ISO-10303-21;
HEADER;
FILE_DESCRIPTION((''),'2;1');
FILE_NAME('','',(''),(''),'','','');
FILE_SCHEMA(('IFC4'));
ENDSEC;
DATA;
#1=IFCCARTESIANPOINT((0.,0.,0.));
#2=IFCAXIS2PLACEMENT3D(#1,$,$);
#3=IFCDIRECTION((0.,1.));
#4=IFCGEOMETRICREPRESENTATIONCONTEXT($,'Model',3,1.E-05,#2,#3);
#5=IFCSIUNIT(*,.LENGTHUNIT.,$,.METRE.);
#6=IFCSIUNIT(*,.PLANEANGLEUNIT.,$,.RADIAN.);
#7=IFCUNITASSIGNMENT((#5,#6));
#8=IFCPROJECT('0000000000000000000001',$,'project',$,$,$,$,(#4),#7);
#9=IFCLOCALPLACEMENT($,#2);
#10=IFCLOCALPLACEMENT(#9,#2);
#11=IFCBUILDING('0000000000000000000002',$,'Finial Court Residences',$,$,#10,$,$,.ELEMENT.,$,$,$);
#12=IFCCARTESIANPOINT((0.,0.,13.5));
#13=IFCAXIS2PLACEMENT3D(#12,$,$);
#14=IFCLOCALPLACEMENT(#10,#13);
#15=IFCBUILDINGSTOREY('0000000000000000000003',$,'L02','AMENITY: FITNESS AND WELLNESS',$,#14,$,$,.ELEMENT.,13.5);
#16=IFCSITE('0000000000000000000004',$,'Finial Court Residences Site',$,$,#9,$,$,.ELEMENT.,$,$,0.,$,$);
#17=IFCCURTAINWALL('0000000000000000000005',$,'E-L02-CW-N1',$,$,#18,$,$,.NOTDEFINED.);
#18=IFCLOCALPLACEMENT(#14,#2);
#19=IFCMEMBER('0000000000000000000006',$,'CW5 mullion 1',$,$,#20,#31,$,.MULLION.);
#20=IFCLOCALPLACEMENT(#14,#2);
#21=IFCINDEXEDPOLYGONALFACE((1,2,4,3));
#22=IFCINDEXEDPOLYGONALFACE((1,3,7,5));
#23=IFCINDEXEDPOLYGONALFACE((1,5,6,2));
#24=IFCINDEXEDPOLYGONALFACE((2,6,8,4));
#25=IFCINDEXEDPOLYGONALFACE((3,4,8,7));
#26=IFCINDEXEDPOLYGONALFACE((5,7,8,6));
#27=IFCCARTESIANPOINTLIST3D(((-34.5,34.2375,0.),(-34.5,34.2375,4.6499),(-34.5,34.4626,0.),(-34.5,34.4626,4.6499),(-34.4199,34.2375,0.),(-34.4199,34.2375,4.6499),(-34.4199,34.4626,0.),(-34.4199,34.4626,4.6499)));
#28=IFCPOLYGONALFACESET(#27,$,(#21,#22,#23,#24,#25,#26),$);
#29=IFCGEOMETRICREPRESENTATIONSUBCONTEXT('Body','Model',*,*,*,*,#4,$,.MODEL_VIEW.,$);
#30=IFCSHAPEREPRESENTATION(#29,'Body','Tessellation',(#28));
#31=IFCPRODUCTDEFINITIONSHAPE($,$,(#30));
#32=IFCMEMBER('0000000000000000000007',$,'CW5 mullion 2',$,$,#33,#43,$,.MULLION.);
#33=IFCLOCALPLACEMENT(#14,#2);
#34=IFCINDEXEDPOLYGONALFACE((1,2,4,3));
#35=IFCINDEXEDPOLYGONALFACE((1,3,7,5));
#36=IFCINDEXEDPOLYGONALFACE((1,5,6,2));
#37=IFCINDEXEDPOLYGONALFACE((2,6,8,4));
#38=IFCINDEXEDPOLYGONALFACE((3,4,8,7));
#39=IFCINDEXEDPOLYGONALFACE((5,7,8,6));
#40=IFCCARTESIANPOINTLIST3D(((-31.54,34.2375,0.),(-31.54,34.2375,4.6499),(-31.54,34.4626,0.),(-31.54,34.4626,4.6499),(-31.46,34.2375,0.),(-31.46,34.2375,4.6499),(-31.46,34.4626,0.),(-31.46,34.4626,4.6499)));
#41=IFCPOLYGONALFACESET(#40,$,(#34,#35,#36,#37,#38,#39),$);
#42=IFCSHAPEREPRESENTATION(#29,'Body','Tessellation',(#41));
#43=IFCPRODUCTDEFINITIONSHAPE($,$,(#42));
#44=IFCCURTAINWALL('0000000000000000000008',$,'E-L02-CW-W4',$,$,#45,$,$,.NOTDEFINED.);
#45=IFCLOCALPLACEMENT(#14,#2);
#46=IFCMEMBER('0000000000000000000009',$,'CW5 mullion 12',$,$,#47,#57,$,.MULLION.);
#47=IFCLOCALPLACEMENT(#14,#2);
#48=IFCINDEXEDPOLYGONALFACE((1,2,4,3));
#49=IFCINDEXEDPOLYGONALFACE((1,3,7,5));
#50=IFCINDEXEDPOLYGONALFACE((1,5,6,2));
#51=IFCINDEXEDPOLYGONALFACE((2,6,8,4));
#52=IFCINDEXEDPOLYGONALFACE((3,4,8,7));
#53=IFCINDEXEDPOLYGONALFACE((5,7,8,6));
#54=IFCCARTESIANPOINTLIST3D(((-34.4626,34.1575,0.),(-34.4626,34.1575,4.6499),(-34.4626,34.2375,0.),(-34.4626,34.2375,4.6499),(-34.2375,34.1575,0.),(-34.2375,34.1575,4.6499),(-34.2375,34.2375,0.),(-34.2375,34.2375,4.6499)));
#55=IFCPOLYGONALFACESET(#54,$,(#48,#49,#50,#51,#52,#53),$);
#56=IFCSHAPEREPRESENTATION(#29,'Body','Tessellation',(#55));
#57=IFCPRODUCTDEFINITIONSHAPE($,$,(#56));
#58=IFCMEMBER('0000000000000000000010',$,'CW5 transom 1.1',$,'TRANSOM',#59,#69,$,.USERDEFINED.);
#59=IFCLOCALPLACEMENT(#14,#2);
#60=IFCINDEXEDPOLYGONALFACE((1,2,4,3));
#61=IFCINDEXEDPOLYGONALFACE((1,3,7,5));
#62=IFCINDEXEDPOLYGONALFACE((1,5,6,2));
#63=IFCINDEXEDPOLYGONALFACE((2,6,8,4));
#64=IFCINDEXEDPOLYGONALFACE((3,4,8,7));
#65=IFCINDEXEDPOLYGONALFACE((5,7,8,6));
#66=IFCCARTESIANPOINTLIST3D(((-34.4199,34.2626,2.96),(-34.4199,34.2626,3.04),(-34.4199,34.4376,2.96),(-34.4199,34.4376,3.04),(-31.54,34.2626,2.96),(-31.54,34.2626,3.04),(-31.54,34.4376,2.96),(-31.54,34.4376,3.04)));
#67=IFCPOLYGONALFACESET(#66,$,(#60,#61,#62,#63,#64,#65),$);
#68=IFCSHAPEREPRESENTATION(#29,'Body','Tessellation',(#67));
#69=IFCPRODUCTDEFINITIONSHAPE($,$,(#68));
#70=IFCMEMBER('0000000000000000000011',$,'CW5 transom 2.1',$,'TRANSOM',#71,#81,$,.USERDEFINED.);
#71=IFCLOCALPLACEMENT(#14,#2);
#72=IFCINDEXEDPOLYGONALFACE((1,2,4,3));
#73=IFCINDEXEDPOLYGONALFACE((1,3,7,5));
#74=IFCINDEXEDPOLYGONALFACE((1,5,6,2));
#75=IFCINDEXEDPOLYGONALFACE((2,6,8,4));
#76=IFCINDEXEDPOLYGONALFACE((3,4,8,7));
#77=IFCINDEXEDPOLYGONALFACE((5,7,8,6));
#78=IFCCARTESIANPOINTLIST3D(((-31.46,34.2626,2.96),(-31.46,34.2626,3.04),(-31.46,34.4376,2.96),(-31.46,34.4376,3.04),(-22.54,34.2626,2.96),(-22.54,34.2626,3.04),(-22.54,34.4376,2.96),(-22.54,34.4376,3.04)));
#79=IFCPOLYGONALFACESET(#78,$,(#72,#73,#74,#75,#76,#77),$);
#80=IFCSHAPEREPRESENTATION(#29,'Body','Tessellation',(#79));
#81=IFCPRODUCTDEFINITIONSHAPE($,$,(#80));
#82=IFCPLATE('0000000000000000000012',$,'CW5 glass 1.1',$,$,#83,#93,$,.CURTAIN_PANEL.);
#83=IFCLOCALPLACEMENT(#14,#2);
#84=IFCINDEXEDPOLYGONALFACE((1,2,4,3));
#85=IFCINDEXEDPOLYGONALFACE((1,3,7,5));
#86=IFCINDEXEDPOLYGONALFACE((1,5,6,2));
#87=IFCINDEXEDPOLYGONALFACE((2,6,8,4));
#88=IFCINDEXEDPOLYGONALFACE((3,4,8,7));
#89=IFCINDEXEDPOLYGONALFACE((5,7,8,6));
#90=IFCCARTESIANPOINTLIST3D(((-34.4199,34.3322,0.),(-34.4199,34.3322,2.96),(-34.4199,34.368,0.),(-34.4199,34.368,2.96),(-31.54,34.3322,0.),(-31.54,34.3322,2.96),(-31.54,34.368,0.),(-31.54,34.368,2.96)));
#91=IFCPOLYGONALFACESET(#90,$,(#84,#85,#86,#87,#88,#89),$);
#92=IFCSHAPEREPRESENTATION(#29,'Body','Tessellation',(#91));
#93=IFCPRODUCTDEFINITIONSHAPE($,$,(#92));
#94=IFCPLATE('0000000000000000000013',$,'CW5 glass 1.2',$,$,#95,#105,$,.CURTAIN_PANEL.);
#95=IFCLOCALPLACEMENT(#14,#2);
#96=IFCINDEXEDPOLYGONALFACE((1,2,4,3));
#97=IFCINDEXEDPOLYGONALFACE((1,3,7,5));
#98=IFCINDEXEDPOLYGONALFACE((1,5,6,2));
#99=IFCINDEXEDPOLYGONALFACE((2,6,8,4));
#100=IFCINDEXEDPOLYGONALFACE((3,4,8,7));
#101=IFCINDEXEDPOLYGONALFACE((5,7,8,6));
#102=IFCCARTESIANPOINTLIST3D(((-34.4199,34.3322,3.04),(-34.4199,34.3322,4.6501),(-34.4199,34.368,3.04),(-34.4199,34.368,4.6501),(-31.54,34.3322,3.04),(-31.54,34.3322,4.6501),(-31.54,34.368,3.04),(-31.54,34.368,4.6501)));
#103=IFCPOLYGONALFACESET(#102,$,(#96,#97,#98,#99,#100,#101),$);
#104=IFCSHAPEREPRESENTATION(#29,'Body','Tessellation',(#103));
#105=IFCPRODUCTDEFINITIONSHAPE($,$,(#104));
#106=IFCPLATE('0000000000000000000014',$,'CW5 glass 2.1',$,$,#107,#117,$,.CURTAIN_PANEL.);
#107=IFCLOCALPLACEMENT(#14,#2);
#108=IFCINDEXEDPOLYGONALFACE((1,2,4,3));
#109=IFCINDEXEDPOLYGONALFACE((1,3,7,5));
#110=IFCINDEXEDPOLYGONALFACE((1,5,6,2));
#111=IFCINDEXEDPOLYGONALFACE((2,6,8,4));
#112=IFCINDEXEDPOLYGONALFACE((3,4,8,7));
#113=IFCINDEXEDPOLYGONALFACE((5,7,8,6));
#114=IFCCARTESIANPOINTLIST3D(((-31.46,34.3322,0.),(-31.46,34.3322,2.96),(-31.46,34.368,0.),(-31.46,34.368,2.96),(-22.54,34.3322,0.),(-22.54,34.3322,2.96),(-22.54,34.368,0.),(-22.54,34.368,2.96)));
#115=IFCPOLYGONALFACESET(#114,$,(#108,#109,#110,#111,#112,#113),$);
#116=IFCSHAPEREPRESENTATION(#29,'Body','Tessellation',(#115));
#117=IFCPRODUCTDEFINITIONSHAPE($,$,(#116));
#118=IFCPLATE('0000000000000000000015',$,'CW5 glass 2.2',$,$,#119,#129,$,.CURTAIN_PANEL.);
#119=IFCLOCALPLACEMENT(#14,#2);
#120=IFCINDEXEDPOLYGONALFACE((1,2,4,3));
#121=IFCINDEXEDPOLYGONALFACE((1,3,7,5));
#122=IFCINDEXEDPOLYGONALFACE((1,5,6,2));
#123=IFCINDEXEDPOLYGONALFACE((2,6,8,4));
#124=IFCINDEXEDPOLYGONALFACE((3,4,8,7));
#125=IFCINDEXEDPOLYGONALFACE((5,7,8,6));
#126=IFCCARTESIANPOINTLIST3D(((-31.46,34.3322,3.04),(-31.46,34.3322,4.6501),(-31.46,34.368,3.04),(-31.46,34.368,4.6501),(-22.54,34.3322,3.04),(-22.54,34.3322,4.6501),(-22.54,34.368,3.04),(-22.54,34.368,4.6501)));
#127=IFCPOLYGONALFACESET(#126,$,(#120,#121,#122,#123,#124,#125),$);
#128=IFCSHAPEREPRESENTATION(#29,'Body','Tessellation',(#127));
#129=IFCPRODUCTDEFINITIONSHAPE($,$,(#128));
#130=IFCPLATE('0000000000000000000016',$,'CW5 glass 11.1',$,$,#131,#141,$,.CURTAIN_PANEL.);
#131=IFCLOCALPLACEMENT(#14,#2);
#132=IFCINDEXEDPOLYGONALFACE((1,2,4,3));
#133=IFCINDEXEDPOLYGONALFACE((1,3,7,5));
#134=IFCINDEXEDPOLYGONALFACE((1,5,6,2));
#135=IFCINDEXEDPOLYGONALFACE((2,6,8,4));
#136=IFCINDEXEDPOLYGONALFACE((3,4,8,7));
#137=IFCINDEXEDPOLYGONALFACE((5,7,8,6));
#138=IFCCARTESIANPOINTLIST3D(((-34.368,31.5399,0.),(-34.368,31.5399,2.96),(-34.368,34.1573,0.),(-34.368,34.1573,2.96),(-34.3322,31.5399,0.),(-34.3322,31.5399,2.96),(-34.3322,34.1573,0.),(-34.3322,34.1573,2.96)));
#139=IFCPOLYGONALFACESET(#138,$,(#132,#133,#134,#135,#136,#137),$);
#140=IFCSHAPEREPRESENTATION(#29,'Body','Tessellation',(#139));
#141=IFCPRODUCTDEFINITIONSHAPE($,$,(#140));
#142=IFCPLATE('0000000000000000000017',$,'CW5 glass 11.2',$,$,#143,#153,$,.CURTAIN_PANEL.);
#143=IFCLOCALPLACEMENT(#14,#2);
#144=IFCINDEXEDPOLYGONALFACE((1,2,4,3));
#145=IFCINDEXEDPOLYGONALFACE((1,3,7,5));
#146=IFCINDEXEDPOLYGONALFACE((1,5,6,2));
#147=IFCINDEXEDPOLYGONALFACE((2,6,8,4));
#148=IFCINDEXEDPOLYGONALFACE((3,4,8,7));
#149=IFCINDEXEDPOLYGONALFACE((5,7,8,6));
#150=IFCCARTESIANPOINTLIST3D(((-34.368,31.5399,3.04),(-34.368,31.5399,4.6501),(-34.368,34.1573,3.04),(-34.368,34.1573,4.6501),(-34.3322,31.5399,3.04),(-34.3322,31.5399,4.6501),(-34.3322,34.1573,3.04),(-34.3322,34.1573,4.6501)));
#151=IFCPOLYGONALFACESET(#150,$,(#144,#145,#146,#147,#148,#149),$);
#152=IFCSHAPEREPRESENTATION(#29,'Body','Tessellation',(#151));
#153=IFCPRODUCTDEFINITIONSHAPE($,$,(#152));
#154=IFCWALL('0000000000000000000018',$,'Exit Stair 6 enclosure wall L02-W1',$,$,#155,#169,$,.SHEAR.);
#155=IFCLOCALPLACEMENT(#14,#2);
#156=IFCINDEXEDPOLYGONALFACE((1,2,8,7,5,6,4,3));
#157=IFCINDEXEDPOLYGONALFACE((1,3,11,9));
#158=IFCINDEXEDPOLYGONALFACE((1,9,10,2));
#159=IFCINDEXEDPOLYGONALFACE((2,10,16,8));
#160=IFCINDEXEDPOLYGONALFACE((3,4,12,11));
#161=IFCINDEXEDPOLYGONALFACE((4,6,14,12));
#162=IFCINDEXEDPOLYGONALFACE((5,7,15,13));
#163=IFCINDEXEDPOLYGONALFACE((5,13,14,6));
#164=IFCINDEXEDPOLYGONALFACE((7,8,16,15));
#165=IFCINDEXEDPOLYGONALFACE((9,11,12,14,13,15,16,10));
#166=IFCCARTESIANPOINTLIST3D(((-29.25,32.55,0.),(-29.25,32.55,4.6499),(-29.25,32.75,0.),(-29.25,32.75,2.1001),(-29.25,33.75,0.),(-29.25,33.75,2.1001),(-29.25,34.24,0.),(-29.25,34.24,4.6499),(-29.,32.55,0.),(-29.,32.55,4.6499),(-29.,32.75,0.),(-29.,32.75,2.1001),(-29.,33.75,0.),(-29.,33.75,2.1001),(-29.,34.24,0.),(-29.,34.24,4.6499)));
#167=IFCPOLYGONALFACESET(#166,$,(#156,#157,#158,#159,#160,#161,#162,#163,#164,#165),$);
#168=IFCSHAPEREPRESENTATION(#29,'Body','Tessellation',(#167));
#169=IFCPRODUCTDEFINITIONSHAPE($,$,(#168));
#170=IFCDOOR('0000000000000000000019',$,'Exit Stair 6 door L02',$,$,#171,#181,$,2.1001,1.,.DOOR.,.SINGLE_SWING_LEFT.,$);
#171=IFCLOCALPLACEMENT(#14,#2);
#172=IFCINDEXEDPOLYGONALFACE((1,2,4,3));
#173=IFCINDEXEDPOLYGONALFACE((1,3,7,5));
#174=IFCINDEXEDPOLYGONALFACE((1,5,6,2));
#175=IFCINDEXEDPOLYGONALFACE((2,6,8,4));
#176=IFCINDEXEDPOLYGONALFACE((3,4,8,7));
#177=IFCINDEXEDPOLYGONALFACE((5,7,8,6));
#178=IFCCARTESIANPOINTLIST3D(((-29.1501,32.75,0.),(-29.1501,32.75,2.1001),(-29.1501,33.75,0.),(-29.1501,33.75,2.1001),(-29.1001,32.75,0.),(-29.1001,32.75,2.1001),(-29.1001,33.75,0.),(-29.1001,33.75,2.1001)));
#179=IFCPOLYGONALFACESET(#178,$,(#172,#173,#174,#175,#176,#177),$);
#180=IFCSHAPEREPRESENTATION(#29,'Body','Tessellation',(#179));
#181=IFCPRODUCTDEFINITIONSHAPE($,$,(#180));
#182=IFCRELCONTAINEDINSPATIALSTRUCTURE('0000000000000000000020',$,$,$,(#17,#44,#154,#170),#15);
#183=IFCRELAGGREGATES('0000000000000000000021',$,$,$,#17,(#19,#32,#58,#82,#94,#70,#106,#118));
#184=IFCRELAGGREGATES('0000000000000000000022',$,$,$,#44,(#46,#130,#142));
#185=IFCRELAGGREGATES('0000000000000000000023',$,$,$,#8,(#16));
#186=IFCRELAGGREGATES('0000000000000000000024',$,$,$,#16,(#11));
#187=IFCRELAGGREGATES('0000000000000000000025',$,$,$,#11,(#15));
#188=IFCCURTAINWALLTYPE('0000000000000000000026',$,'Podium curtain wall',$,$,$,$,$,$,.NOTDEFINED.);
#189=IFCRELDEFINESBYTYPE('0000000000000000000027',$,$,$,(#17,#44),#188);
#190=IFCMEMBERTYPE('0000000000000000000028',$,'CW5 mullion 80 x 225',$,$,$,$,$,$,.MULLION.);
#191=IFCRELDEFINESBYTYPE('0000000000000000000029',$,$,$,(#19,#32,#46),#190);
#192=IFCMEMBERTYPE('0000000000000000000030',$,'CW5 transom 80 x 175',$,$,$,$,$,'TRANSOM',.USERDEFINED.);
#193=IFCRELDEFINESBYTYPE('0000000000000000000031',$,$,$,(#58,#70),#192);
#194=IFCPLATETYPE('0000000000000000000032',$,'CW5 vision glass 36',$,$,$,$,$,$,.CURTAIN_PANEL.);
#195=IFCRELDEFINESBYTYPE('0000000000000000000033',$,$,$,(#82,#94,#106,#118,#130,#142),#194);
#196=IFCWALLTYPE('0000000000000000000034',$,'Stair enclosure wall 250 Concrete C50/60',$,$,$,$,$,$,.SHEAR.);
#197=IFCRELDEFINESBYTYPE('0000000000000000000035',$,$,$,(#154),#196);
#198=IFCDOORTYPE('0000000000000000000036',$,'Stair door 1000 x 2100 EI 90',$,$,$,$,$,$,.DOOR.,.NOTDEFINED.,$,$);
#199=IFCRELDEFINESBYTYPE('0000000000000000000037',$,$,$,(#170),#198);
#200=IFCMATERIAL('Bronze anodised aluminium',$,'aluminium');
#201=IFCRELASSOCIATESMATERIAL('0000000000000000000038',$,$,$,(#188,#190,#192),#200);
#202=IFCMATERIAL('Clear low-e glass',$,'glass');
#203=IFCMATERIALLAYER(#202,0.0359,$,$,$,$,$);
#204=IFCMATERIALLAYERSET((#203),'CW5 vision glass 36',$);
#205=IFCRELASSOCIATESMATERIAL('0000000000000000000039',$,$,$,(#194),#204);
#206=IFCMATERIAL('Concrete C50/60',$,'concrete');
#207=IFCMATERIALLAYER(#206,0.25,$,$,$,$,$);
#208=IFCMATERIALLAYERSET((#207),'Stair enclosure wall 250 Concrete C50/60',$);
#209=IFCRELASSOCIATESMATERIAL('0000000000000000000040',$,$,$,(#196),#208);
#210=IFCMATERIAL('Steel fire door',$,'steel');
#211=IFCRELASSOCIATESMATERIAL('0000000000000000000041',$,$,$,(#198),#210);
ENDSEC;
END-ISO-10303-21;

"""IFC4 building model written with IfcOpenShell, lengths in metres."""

from ifc_helpers import new_model, si_unit, direction, frame, frame_2d, origin, origin_2d, place, context, subcontext, project, spatial, rectangle, extrude, material, layer, layer_set, material_profile, profile_set, type_object, element, fill, aggregate, save


model = new_model("IFC4")

# Units and contexts
model_context = context("Model", 3, precision=1e-05, world=origin(), true_north=direction((0.0, 1.0)))
body_context = subcontext(model_context, "Body", "Model", "MODEL_VIEW")
ifc_project = project(units=[si_unit("LENGTHUNIT", "METRE"), si_unit("PLANEANGLEUNIT", "RADIAN")], contexts=[model_context])

# Site, building, storey
site_placement = place(None, origin())
site = spatial("IfcSite", under=ifc_project, at=site_placement, Name="Finial Court Residences Site", CompositionType="ELEMENT", RefElevation=0.0)
building_placement = place(site_placement, origin())
building = spatial("IfcBuilding", under=site, at=building_placement, Name="Finial Court Residences", CompositionType="ELEMENT")
storey_placement = place(building_placement, frame((0.0, 0.0, 13.5)))
storey = spatial("IfcBuildingStorey", under=building, at=storey_placement, Name="L02", Description="AMENITY: FITNESS AND WELLNESS", CompositionType="ELEMENT", Elevation=13.5)

# Curtain wall, members
ifc_material_1 = material(Name="Bronze anodised aluminium", Category="aluminium")
curtain_wall_type = type_object("IfcCurtainWallType", Name="Podium curtain wall", PredefinedType="NOTDEFINED", material=ifc_material_1)
curtain_wall_1_placement = place(storey_placement, origin())
curtain_wall_1 = element("IfcCurtainWall", 1, at=curtain_wall_1_placement, inside=storey, type_object=curtain_wall_type, Name="E-L02-CW-N1", PredefinedType="NOTDEFINED")
ifc_material_profile_1 = material_profile(ifc_material_1, rectangle(XDim=0.2251, YDim=0.0801, at=origin_2d()), Name="CW5 mullion 80 x 225")
ifc_profile_set_1 = profile_set([ifc_material_profile_1], Name="Bronze anodised aluminium")
member_type_1 = type_object("IfcMemberType", Name="CW5 mullion 80 x 225", PredefinedType="MULLION", material=ifc_profile_set_1)
member_1_placement = place(storey_placement, frame((-34.46, 34.3501, 0.0), z_axis=(0.0, 0.0, 1.0), x_axis=(0.0, 1.0, 0.0)))
member_1 = element("IfcMember", 2, at=member_1_placement, type_object=member_type_1, Name="CW5 mullion 1", PredefinedType="MULLION", context=body_context, shape_type="SweptSolid", body=[
    extrude(rectangle(XDim=0.2251, YDim=0.0801, at=origin_2d()), origin(), (0.0, 0.0, 1.0), 4.6499),
])
member_2_placement = place(storey_placement, frame((-31.5, 34.3501, 0.0), z_axis=(0.0, 0.0, 1.0), x_axis=(0.0, 1.0, 0.0)))
member_2 = element("IfcMember", 3, at=member_2_placement, type_object=member_type_1, Name="CW5 mullion 2", PredefinedType="MULLION", context=body_context, shape_type="SweptSolid", body=[
    extrude(rectangle(XDim=0.2251, YDim=0.0801, at=origin_2d()), origin(), (0.0, 0.0, 1.0), 4.6499),
])

# Curtain wall, member
curtain_wall_2_placement = place(storey_placement, origin())
curtain_wall_2 = element("IfcCurtainWall", 4, at=curtain_wall_2_placement, inside=storey, type_object=curtain_wall_type, Name="E-L02-CW-W4", PredefinedType="NOTDEFINED")
member_3_placement = place(storey_placement, frame((-34.3501, 34.1975, 0.0), z_axis=(0.0, 0.0, 1.0), x_axis=(-1.0, 0.0, 0.0)))
member_3 = element("IfcMember", 5, at=member_3_placement, type_object=member_type_1, Name="CW5 mullion 12", PredefinedType="MULLION", context=body_context, shape_type="SweptSolid", body=[
    extrude(rectangle(XDim=0.2251, YDim=0.0801, at=origin_2d()), origin(), (0.0, 0.0, 1.0), 4.6499),
])

# Members
ifc_material_profile_2 = material_profile(ifc_material_1, rectangle(XDim=0.175, YDim=0.0801, at=origin_2d()), Name="CW5 transom 80 x 175")
ifc_profile_set_2 = profile_set([ifc_material_profile_2], Name="Bronze anodised aluminium")
member_type_2 = type_object("IfcMemberType", Name="CW5 transom 80 x 175", ElementType="TRANSOM", PredefinedType="USERDEFINED", material=ifc_profile_set_2)
member_4_placement = place(storey_placement, frame((-34.4199, 34.3501, 3.0), z_axis=(1.0, 0.0, 0.0), x_axis=(0.0, 1.0, 0.0)))
member_4 = element("IfcMember", 6, at=member_4_placement, type_object=member_type_2, Name="CW5 transom 1.1", ObjectType="TRANSOM", PredefinedType="USERDEFINED", context=body_context, shape_type="SweptSolid", body=[
    extrude(rectangle(XDim=0.175, YDim=0.0801, at=origin_2d()), origin(), (0.0, 0.0, 1.0), 2.8799),
])
member_5_placement = place(storey_placement, frame((-31.46, 34.3501, 3.0), z_axis=(1.0, 0.0, 0.0), x_axis=(0.0, 1.0, 0.0)))
member_5 = element("IfcMember", 7, at=member_5_placement, type_object=member_type_2, Name="CW5 transom 2.1", ObjectType="TRANSOM", PredefinedType="USERDEFINED", context=body_context, shape_type="SweptSolid", body=[
    extrude(rectangle(XDim=0.175, YDim=0.0801, at=origin_2d()), origin(), (0.0, 0.0, 1.0), 8.9199),
])

# Plates
ifc_material_2 = material(Name="Clear low-e glass", Category="glass")
ifc_layer_1 = layer(ifc_material_2, 0.0359)
ifc_layer_set_1 = layer_set([ifc_layer_1], Name="CW5 vision glass 36")
plate_type = type_object("IfcPlateType", Name="CW5 vision glass 36", PredefinedType="CURTAIN_PANEL", material=ifc_layer_set_1)
plate_1_placement = place(storey_placement, frame((-32.98, 34.3501, 0.0), z_axis=(0.0, 0.0, 1.0), x_axis=(1.0, 0.0, 0.0)))
plate_1 = element("IfcPlate", 8, at=plate_1_placement, type_object=plate_type, Name="CW5 glass 1.1", PredefinedType="CURTAIN_PANEL", context=body_context, shape_type="SweptSolid", body=[
    extrude(rectangle(XDim=2.8799, YDim=0.0359, at=origin_2d()), origin(), (0.0, 0.0, 1.0), 2.96),
])
plate_2_placement = place(storey_placement, frame((-32.98, 34.3501, 3.04), z_axis=(0.0, 0.0, 1.0), x_axis=(1.0, 0.0, 0.0)))
plate_2 = element("IfcPlate", 9, at=plate_2_placement, type_object=plate_type, Name="CW5 glass 1.2", PredefinedType="CURTAIN_PANEL", context=body_context, shape_type="SweptSolid", body=[
    extrude(rectangle(XDim=2.8799, YDim=0.0359, at=origin_2d()), origin(), (0.0, 0.0, 1.0), 1.6101),
])
plate_3_placement = place(storey_placement, frame((-27.0, 34.3501, 0.0), z_axis=(0.0, 0.0, 1.0), x_axis=(1.0, 0.0, 0.0)))
plate_3 = element("IfcPlate", 10, at=plate_3_placement, type_object=plate_type, Name="CW5 glass 2.1", PredefinedType="CURTAIN_PANEL", context=body_context, shape_type="SweptSolid", body=[
    extrude(rectangle(XDim=8.9199, YDim=0.0359, at=origin_2d()), origin(), (0.0, 0.0, 1.0), 2.96),
])
plate_4_placement = place(storey_placement, frame((-27.0, 34.3501, 3.04), z_axis=(0.0, 0.0, 1.0), x_axis=(1.0, 0.0, 0.0)))
plate_4 = element("IfcPlate", 11, at=plate_4_placement, type_object=plate_type, Name="CW5 glass 2.2", PredefinedType="CURTAIN_PANEL", context=body_context, shape_type="SweptSolid", body=[
    extrude(rectangle(XDim=8.9199, YDim=0.0359, at=origin_2d()), origin(), (0.0, 0.0, 1.0), 1.6101),
])
aggregate(curtain_wall_1, [member_1, member_2, member_4, plate_1, plate_2, member_5, plate_3, plate_4])
plate_5_placement = place(storey_placement, frame((-34.3501, 32.8486, 0.0), z_axis=(0.0, 0.0, 1.0), x_axis=(0.0, 1.0, 0.0)))
plate_5 = element("IfcPlate", 12, at=plate_5_placement, type_object=plate_type, Name="CW5 glass 11.1", PredefinedType="CURTAIN_PANEL", context=body_context, shape_type="SweptSolid", body=[
    extrude(rectangle(XDim=2.6174, YDim=0.0359, at=origin_2d()), origin(), (0.0, 0.0, 1.0), 2.96),
])
plate_6_placement = place(storey_placement, frame((-34.3501, 32.8486, 3.04), z_axis=(0.0, 0.0, 1.0), x_axis=(0.0, 1.0, 0.0)))
plate_6 = element("IfcPlate", 13, at=plate_6_placement, type_object=plate_type, Name="CW5 glass 11.2", PredefinedType="CURTAIN_PANEL", context=body_context, shape_type="SweptSolid", body=[
    extrude(rectangle(XDim=2.6174, YDim=0.0359, at=origin_2d()), origin(), (0.0, 0.0, 1.0), 1.6101),
])
aggregate(curtain_wall_2, [member_3, plate_5, plate_6])

# Wall, opening, door
ifc_material_3 = material(Name="Concrete C50/60", Category="concrete")
ifc_layer_2 = layer(ifc_material_3, 0.25)
ifc_layer_set_2 = layer_set([ifc_layer_2], Name="Stair enclosure wall 250 Concrete C50/60")
wall_type = type_object("IfcWallType", Name="Stair enclosure wall 250 Concrete C50/60", PredefinedType="SHEAR", material=ifc_layer_set_2)
wall_1_placement = place(storey_placement, frame((-29.125, 34.24, 0.0), z_axis=(0.0, 0.0, 1.0), x_axis=(0.0, -1.0, 0.0)))
wall_1 = element("IfcWall", 14, at=wall_1_placement, inside=storey, type_object=wall_type, Name="Exit Stair 6 enclosure wall L02-W1", PredefinedType="SHEAR", context=body_context, shape_type="SweptSolid", body=[
    extrude(rectangle(XDim=1.6899, YDim=0.25, at=frame_2d((0.845, 0.0))), origin(), (0.0, 0.0, 1.0), 4.6499),
])
opening_1_placement = place(wall_1_placement, frame((0.49, 0.0, 0.0)))
opening_1 = element("IfcOpeningElement", 15, at=opening_1_placement, cuts=wall_1, PredefinedType="OPENING", context=body_context, shape_type="SweptSolid", body=[
    extrude(rectangle(XDim=1.0, YDim=2.1001, at=frame_2d((0.5, 1.05))), frame((0.0, 0.135, 0.0), z_axis=(0.0, -1.0, 0.0), x_axis=(1.0, 0.0, 0.0)), (0.0, 0.0, 1.0), 0.27),
])
ifc_material_4 = material(Name="Steel fire door", Category="steel")
door_type = type_object("IfcDoorType", Name="Stair door 1000 x 2100 EI 90", OperationType="NOTDEFINED", PredefinedType="DOOR", material=ifc_material_4)
door_1_placement = place(opening_1_placement, origin())
door_1 = element("IfcDoor", 16, at=door_1_placement, inside=storey, type_object=door_type, Name="Exit Stair 6 door L02", OperationType="SINGLE_SWING_LEFT", OverallHeight=2.1001, OverallWidth=1.0, PredefinedType="DOOR", context=body_context, shape_type="SweptSolid", body=[
    extrude(rectangle(XDim=1.0, YDim=2.1001, at=frame_2d((0.5, 1.05))), frame((0.0, 0.0249, 0.0), z_axis=(0.0, -1.0, 0.0), x_axis=(1.0, 0.0, 0.0)), (0.0, 0.0, 1.0), 0.05),
])
fill(opening_1, door_1)

save(model, "model.ifc")
